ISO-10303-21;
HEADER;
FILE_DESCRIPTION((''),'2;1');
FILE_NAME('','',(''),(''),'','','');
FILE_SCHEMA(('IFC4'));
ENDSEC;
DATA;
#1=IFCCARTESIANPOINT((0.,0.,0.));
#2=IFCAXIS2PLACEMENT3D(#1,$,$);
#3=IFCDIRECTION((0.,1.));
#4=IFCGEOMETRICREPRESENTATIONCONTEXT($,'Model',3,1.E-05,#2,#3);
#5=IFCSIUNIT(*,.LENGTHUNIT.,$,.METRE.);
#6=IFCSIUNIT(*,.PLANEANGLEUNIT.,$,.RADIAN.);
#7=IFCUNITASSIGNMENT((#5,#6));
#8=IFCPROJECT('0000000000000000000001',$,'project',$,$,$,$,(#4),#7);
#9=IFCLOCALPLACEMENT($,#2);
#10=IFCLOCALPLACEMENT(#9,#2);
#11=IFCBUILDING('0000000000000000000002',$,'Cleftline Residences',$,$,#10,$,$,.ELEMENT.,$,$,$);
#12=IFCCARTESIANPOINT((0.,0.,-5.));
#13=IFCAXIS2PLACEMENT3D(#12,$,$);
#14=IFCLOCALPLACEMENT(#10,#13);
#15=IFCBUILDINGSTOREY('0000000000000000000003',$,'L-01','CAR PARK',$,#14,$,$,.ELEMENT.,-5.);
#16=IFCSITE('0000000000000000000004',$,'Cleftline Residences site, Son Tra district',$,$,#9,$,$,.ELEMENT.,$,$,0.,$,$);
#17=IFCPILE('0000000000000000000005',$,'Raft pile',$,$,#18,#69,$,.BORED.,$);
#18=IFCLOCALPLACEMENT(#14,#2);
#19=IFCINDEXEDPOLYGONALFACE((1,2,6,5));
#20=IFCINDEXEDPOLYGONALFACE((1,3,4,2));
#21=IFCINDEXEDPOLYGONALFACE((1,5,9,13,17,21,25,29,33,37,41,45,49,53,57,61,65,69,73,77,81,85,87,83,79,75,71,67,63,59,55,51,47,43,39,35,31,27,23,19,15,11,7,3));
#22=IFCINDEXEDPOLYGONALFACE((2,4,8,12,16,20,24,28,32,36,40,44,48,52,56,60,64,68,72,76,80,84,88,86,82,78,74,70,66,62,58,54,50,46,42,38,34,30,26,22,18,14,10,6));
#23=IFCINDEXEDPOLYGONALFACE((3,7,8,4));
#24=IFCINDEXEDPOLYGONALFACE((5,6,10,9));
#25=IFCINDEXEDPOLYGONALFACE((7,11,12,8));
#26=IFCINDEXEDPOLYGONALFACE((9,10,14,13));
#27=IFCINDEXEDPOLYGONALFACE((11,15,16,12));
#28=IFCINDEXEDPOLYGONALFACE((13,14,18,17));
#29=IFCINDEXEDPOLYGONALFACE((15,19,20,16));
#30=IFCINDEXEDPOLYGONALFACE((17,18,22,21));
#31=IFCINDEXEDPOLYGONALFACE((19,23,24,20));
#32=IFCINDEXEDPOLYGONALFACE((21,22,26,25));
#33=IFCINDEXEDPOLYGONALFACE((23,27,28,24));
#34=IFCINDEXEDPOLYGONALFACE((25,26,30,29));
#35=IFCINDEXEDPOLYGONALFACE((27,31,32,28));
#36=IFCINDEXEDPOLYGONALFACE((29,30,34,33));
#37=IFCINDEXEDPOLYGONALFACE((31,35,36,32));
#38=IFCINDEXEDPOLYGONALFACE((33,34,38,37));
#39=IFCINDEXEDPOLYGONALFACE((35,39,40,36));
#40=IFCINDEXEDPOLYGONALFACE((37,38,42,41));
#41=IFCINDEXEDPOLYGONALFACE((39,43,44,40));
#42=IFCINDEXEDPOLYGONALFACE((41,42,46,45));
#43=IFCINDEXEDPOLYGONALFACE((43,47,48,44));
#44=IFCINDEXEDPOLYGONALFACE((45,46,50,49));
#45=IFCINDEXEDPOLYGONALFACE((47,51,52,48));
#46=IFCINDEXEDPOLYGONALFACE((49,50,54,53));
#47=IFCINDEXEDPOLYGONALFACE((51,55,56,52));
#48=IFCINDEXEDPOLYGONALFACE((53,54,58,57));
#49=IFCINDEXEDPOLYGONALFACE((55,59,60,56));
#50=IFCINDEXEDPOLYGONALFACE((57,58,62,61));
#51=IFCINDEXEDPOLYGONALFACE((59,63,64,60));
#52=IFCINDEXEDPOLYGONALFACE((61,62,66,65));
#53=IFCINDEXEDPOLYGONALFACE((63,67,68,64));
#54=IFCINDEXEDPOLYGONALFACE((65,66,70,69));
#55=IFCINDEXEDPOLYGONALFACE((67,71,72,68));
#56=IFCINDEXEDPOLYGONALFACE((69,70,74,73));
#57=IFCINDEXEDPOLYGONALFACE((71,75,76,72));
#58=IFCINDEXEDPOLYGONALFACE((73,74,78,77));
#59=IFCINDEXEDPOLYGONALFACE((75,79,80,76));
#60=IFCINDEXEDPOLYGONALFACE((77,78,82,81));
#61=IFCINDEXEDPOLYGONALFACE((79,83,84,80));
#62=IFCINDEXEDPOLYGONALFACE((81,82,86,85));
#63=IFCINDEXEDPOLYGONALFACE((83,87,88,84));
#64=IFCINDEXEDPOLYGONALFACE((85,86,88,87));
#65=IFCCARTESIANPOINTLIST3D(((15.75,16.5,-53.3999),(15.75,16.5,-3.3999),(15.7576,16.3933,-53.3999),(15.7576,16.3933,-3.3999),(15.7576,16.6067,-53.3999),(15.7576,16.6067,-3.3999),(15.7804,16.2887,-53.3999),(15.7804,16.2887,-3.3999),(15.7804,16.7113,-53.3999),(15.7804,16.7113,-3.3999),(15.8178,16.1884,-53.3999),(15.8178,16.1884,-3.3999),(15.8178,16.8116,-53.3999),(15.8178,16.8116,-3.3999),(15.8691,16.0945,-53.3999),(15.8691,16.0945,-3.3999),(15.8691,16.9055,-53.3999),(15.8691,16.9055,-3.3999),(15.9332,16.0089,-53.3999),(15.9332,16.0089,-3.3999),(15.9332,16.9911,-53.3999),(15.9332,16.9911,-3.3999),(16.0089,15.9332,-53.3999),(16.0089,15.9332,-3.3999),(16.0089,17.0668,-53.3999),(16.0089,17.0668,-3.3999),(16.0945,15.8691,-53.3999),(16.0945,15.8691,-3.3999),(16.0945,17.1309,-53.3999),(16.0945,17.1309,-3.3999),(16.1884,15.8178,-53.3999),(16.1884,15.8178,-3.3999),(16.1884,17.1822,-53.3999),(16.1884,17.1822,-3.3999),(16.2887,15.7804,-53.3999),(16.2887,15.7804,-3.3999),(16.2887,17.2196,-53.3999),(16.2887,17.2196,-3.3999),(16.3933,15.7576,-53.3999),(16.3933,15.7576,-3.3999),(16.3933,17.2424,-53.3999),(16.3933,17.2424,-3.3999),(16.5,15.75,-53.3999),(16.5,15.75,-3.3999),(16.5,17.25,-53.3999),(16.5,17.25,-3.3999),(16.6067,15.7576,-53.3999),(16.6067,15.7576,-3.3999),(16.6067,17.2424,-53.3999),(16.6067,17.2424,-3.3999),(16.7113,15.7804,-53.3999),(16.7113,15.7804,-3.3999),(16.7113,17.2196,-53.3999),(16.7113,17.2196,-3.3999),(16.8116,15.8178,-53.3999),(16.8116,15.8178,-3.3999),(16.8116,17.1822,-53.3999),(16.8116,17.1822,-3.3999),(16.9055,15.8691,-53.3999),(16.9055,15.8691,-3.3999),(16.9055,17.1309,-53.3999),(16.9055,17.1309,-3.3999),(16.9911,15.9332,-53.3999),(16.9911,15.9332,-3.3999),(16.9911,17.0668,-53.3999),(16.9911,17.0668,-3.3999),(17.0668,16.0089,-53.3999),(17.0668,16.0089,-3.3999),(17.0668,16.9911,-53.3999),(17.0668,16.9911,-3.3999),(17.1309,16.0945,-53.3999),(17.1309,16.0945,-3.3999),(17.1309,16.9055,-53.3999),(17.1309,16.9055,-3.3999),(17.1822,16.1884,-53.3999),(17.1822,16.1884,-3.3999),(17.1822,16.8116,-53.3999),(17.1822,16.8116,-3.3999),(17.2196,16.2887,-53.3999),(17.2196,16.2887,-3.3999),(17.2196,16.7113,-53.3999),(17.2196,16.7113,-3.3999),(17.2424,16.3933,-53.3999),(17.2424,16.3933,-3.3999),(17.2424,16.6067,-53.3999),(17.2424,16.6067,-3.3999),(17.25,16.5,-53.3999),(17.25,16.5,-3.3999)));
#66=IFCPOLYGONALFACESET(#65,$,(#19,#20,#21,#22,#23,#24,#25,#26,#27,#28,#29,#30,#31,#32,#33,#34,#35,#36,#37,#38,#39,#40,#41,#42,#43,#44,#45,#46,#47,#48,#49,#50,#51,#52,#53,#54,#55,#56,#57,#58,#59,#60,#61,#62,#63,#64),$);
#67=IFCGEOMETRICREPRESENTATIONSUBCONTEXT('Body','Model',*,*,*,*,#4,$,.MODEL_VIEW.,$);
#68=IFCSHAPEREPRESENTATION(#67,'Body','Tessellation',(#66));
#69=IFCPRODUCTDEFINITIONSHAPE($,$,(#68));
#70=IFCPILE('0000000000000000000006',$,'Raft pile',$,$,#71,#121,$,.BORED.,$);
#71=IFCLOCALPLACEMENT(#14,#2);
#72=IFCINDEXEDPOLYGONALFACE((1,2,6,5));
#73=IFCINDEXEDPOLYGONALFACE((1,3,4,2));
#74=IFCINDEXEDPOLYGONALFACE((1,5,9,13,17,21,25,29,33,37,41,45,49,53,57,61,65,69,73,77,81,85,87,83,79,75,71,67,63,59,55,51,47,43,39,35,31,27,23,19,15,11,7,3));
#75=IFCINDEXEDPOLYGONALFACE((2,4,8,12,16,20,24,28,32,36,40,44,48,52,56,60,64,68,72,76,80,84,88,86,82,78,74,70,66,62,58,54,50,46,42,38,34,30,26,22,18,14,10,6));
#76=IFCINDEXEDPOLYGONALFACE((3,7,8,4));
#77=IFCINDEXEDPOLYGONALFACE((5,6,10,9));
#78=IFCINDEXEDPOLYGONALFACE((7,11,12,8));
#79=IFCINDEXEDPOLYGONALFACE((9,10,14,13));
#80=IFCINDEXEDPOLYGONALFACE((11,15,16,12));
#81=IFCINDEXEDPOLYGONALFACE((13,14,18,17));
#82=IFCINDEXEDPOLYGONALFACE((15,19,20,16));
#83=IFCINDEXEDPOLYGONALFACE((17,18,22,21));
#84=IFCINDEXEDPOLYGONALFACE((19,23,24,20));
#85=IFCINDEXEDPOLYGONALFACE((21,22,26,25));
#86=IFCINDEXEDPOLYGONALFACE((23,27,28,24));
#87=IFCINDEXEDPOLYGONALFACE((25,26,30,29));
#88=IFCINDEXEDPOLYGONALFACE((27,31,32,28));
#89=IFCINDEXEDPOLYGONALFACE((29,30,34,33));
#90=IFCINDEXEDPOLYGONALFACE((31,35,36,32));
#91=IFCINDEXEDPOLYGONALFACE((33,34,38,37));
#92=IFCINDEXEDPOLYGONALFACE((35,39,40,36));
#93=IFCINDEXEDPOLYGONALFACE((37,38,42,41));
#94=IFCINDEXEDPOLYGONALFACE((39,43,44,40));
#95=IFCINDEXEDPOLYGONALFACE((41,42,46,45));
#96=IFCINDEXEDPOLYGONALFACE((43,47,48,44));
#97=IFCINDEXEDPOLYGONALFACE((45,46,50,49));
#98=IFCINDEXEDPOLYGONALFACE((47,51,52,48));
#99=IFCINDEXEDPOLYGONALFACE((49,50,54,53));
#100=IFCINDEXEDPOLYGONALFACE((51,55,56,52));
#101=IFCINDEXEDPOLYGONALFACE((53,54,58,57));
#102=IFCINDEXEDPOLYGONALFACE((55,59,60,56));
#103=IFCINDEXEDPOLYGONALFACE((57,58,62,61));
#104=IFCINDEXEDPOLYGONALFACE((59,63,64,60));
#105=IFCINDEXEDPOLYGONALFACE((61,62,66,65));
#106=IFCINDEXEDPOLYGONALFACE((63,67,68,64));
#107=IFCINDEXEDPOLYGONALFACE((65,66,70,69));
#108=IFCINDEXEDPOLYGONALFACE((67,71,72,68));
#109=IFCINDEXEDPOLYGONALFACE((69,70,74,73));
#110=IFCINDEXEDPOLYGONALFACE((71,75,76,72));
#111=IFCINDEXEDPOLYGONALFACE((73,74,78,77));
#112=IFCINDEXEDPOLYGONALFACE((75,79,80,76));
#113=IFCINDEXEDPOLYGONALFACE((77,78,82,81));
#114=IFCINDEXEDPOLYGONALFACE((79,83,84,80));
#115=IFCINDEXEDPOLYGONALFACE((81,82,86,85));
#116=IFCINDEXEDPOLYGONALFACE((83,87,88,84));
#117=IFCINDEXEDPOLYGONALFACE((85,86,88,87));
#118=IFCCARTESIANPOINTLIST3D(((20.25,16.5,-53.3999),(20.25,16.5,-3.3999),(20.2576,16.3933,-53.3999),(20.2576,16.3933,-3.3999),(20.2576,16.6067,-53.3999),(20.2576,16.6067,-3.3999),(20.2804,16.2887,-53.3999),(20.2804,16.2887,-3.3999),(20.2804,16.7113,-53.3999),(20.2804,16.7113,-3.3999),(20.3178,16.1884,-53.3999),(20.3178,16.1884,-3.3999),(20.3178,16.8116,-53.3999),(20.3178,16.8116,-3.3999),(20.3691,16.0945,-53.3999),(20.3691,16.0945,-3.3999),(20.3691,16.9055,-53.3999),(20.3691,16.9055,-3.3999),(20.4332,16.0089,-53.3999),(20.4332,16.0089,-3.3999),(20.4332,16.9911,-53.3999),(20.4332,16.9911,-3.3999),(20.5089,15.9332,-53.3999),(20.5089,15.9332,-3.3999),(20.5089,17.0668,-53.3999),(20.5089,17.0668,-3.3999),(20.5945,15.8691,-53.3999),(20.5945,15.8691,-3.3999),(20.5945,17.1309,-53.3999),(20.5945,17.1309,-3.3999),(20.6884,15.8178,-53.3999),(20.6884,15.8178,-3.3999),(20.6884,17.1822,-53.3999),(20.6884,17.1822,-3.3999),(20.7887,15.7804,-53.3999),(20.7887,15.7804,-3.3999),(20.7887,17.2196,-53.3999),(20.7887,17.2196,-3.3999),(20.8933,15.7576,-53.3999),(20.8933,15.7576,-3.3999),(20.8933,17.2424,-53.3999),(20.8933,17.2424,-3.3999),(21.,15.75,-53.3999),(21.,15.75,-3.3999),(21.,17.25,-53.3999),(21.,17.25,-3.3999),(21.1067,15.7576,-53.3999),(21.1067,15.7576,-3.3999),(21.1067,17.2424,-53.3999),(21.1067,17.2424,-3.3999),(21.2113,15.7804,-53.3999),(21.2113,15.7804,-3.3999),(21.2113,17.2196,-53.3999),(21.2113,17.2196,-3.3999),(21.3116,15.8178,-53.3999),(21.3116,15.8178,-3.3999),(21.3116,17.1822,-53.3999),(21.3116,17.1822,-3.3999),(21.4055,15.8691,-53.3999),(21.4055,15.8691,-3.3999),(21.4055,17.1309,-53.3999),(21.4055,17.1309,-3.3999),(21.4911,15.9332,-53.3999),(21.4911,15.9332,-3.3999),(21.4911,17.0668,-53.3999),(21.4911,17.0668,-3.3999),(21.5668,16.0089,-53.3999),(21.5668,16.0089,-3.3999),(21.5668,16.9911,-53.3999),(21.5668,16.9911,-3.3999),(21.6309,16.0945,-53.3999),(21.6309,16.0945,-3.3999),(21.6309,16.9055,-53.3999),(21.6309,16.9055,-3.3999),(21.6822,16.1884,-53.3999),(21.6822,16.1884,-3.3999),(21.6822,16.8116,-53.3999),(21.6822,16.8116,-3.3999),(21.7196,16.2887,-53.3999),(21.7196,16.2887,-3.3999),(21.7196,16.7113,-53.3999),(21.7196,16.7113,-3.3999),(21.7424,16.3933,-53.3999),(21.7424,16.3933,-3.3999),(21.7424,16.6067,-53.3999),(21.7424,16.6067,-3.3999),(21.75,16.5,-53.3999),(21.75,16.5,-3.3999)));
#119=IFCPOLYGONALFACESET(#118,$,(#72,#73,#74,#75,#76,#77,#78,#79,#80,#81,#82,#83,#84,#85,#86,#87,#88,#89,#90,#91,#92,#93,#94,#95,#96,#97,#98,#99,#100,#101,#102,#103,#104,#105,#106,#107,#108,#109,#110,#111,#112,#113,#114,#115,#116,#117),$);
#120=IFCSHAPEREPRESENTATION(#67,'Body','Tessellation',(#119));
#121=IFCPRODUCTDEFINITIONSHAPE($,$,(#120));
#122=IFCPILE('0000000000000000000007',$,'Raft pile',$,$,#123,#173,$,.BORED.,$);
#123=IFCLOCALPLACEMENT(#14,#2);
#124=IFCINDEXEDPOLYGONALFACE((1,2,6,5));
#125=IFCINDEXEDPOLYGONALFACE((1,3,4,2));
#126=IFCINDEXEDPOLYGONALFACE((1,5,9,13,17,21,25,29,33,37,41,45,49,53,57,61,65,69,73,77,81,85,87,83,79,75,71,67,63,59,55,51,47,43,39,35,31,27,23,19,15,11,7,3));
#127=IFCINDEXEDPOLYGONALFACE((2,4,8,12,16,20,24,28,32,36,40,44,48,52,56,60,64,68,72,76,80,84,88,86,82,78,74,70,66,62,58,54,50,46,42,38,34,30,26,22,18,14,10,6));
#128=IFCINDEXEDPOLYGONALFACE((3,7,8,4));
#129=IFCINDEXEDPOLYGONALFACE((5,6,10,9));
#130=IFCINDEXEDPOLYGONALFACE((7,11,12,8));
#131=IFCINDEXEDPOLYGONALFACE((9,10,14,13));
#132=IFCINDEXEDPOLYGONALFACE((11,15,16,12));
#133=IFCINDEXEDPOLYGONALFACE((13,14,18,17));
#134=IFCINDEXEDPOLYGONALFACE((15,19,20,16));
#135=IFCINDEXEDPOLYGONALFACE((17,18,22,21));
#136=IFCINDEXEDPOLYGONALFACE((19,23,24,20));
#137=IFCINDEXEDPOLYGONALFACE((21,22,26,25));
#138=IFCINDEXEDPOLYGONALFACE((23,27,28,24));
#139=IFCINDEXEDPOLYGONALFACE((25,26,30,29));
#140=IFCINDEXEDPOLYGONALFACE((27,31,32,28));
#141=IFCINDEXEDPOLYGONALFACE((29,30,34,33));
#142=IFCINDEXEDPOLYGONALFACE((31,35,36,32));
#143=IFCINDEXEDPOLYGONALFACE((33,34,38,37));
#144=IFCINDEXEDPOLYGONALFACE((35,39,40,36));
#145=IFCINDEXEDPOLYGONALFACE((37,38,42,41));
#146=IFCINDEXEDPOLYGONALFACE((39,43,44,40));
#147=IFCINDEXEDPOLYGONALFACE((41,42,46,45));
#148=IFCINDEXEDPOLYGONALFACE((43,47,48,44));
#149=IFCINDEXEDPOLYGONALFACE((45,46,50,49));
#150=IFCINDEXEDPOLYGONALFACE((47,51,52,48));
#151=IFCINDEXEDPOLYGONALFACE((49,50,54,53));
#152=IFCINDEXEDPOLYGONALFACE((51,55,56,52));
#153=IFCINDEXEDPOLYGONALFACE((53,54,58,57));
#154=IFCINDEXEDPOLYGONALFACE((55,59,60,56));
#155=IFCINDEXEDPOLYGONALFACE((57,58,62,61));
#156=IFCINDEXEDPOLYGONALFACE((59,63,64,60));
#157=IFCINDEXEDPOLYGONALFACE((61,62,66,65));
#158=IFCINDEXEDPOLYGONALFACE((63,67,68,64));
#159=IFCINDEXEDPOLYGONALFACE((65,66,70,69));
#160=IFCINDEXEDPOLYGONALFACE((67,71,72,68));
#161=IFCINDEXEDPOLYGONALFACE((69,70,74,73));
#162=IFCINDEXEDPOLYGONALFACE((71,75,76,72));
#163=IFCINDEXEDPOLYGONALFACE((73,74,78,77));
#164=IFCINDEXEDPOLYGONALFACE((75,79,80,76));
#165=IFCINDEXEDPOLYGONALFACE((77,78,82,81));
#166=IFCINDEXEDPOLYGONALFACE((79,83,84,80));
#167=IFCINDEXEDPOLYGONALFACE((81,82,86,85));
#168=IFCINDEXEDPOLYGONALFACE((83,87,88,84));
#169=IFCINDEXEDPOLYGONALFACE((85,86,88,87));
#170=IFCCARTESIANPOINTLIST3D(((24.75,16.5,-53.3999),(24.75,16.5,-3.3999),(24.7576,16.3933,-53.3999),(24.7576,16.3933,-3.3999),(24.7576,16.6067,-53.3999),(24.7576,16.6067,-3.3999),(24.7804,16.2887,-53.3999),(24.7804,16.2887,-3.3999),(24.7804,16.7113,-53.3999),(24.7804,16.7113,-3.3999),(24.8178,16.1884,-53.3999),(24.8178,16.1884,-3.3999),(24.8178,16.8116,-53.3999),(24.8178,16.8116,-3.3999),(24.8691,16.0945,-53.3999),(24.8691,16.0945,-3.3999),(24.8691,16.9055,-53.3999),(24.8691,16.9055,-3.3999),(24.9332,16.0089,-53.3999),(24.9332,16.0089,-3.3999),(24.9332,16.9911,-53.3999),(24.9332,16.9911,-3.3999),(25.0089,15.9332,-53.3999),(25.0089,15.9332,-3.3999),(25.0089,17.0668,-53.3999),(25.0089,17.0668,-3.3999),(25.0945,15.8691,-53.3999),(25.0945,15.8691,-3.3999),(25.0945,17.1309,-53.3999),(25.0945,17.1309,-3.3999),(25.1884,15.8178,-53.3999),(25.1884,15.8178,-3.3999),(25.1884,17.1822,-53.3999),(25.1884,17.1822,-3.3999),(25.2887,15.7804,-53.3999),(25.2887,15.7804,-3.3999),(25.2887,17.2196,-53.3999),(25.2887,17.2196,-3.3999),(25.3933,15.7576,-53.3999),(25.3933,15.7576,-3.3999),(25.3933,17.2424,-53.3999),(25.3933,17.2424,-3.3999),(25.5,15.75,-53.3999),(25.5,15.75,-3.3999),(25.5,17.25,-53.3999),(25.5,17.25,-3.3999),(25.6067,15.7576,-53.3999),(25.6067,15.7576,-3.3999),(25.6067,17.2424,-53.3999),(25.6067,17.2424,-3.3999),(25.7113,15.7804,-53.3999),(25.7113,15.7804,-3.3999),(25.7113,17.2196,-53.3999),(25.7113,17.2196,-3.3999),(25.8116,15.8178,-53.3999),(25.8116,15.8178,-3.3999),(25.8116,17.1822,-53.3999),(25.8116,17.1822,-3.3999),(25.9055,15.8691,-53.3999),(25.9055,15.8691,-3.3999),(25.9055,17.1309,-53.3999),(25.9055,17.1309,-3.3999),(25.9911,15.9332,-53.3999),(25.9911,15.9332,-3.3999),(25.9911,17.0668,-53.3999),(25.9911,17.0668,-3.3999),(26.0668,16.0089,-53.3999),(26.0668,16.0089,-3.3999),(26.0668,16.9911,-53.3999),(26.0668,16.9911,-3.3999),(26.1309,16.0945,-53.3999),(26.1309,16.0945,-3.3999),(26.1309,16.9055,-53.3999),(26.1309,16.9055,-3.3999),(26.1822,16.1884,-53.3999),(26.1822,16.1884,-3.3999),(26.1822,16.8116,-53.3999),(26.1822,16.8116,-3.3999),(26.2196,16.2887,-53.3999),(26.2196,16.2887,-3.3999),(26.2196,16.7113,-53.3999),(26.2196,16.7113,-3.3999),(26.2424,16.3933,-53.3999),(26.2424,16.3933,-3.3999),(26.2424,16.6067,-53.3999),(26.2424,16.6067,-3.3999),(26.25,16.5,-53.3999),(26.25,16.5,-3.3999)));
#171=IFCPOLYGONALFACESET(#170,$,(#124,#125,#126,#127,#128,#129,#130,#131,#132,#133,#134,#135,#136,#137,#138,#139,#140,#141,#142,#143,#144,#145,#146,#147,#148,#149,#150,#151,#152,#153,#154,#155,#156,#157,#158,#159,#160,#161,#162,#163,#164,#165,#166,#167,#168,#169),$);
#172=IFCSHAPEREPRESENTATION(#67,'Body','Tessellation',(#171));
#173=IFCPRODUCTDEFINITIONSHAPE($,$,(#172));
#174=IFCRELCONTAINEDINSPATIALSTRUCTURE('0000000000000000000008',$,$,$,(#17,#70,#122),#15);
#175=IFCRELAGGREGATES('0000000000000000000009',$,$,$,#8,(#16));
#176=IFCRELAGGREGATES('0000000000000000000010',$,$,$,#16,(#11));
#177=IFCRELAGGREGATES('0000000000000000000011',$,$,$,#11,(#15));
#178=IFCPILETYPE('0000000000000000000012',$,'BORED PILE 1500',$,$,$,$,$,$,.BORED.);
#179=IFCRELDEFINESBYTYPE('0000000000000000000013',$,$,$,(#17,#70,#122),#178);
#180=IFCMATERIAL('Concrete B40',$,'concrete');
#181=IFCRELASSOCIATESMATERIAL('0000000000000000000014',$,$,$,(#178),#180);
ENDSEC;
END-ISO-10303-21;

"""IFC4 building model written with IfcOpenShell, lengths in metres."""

from ifc_helpers import new_model, si_unit, direction, frame, origin, origin_2d, place, context, subcontext, project, spatial, circle, extrude, material, material_profile, profile_set, type_object, element, save


model = new_model("IFC4")

# Units and contexts
model_context = context("Model", 3, precision=1e-05, world=origin(), true_north=direction((0.0, 1.0)))
body_context = subcontext(model_context, "Body", "Model", "MODEL_VIEW")
ifc_project = project(units=[si_unit("LENGTHUNIT", "METRE"), si_unit("PLANEANGLEUNIT", "RADIAN")], contexts=[model_context])

# Site, building, storey
site_placement = place(None, origin())
site = spatial("IfcSite", under=ifc_project, at=site_placement, Name="Cleftline Residences site, Son Tra district", CompositionType="ELEMENT", RefElevation=0.0)
building_placement = place(site_placement, origin())
building = spatial("IfcBuilding", under=site, at=building_placement, Name="Cleftline Residences", CompositionType="ELEMENT")
storey_placement = place(building_placement, frame((0.0, 0.0, -5.0)))
storey = spatial("IfcBuildingStorey", under=building, at=storey_placement, Name="L-01", Description="CAR PARK", CompositionType="ELEMENT", Elevation=-5.0)

# Piles
ifc_material_1 = material(Name="Concrete B40", Category="concrete")
ifc_material_profile = material_profile(ifc_material_1, circle(Radius=0.75, at=origin_2d()))
ifc_profile_set = profile_set([ifc_material_profile], Name="Concrete B40")
pile_type = type_object("IfcPileType", Name="BORED PILE 1500", PredefinedType="BORED", material=ifc_profile_set)
for number, where, z_axis, x_axis, name in (
    (1, (16.5, 16.5, -3.3999), (0.0, 0.0, -1.0), (1.0, 0.0, 0.0), "Raft pile"),
    (2, (21.0, 16.5, -3.3999), (0.0, 0.0, -1.0), (1.0, 0.0, 0.0), "Raft pile"),
    (3, (25.5, 16.5, -3.3999), (0.0, 0.0, -1.0), (1.0, 0.0, 0.0), "Raft pile"),
):
    element("IfcPile", number, at=place(storey_placement, frame(where, z_axis=z_axis, x_axis=x_axis)), inside=storey, type_object=pile_type, Name=name, PredefinedType="BORED", context=body_context, shape_type="SweptSolid", body=[
        extrude(circle(Radius=0.75, at=origin_2d()), origin(), (0.0, 0.0, 1.0), 50.0),
    ])

save(model, "model.ifc")
